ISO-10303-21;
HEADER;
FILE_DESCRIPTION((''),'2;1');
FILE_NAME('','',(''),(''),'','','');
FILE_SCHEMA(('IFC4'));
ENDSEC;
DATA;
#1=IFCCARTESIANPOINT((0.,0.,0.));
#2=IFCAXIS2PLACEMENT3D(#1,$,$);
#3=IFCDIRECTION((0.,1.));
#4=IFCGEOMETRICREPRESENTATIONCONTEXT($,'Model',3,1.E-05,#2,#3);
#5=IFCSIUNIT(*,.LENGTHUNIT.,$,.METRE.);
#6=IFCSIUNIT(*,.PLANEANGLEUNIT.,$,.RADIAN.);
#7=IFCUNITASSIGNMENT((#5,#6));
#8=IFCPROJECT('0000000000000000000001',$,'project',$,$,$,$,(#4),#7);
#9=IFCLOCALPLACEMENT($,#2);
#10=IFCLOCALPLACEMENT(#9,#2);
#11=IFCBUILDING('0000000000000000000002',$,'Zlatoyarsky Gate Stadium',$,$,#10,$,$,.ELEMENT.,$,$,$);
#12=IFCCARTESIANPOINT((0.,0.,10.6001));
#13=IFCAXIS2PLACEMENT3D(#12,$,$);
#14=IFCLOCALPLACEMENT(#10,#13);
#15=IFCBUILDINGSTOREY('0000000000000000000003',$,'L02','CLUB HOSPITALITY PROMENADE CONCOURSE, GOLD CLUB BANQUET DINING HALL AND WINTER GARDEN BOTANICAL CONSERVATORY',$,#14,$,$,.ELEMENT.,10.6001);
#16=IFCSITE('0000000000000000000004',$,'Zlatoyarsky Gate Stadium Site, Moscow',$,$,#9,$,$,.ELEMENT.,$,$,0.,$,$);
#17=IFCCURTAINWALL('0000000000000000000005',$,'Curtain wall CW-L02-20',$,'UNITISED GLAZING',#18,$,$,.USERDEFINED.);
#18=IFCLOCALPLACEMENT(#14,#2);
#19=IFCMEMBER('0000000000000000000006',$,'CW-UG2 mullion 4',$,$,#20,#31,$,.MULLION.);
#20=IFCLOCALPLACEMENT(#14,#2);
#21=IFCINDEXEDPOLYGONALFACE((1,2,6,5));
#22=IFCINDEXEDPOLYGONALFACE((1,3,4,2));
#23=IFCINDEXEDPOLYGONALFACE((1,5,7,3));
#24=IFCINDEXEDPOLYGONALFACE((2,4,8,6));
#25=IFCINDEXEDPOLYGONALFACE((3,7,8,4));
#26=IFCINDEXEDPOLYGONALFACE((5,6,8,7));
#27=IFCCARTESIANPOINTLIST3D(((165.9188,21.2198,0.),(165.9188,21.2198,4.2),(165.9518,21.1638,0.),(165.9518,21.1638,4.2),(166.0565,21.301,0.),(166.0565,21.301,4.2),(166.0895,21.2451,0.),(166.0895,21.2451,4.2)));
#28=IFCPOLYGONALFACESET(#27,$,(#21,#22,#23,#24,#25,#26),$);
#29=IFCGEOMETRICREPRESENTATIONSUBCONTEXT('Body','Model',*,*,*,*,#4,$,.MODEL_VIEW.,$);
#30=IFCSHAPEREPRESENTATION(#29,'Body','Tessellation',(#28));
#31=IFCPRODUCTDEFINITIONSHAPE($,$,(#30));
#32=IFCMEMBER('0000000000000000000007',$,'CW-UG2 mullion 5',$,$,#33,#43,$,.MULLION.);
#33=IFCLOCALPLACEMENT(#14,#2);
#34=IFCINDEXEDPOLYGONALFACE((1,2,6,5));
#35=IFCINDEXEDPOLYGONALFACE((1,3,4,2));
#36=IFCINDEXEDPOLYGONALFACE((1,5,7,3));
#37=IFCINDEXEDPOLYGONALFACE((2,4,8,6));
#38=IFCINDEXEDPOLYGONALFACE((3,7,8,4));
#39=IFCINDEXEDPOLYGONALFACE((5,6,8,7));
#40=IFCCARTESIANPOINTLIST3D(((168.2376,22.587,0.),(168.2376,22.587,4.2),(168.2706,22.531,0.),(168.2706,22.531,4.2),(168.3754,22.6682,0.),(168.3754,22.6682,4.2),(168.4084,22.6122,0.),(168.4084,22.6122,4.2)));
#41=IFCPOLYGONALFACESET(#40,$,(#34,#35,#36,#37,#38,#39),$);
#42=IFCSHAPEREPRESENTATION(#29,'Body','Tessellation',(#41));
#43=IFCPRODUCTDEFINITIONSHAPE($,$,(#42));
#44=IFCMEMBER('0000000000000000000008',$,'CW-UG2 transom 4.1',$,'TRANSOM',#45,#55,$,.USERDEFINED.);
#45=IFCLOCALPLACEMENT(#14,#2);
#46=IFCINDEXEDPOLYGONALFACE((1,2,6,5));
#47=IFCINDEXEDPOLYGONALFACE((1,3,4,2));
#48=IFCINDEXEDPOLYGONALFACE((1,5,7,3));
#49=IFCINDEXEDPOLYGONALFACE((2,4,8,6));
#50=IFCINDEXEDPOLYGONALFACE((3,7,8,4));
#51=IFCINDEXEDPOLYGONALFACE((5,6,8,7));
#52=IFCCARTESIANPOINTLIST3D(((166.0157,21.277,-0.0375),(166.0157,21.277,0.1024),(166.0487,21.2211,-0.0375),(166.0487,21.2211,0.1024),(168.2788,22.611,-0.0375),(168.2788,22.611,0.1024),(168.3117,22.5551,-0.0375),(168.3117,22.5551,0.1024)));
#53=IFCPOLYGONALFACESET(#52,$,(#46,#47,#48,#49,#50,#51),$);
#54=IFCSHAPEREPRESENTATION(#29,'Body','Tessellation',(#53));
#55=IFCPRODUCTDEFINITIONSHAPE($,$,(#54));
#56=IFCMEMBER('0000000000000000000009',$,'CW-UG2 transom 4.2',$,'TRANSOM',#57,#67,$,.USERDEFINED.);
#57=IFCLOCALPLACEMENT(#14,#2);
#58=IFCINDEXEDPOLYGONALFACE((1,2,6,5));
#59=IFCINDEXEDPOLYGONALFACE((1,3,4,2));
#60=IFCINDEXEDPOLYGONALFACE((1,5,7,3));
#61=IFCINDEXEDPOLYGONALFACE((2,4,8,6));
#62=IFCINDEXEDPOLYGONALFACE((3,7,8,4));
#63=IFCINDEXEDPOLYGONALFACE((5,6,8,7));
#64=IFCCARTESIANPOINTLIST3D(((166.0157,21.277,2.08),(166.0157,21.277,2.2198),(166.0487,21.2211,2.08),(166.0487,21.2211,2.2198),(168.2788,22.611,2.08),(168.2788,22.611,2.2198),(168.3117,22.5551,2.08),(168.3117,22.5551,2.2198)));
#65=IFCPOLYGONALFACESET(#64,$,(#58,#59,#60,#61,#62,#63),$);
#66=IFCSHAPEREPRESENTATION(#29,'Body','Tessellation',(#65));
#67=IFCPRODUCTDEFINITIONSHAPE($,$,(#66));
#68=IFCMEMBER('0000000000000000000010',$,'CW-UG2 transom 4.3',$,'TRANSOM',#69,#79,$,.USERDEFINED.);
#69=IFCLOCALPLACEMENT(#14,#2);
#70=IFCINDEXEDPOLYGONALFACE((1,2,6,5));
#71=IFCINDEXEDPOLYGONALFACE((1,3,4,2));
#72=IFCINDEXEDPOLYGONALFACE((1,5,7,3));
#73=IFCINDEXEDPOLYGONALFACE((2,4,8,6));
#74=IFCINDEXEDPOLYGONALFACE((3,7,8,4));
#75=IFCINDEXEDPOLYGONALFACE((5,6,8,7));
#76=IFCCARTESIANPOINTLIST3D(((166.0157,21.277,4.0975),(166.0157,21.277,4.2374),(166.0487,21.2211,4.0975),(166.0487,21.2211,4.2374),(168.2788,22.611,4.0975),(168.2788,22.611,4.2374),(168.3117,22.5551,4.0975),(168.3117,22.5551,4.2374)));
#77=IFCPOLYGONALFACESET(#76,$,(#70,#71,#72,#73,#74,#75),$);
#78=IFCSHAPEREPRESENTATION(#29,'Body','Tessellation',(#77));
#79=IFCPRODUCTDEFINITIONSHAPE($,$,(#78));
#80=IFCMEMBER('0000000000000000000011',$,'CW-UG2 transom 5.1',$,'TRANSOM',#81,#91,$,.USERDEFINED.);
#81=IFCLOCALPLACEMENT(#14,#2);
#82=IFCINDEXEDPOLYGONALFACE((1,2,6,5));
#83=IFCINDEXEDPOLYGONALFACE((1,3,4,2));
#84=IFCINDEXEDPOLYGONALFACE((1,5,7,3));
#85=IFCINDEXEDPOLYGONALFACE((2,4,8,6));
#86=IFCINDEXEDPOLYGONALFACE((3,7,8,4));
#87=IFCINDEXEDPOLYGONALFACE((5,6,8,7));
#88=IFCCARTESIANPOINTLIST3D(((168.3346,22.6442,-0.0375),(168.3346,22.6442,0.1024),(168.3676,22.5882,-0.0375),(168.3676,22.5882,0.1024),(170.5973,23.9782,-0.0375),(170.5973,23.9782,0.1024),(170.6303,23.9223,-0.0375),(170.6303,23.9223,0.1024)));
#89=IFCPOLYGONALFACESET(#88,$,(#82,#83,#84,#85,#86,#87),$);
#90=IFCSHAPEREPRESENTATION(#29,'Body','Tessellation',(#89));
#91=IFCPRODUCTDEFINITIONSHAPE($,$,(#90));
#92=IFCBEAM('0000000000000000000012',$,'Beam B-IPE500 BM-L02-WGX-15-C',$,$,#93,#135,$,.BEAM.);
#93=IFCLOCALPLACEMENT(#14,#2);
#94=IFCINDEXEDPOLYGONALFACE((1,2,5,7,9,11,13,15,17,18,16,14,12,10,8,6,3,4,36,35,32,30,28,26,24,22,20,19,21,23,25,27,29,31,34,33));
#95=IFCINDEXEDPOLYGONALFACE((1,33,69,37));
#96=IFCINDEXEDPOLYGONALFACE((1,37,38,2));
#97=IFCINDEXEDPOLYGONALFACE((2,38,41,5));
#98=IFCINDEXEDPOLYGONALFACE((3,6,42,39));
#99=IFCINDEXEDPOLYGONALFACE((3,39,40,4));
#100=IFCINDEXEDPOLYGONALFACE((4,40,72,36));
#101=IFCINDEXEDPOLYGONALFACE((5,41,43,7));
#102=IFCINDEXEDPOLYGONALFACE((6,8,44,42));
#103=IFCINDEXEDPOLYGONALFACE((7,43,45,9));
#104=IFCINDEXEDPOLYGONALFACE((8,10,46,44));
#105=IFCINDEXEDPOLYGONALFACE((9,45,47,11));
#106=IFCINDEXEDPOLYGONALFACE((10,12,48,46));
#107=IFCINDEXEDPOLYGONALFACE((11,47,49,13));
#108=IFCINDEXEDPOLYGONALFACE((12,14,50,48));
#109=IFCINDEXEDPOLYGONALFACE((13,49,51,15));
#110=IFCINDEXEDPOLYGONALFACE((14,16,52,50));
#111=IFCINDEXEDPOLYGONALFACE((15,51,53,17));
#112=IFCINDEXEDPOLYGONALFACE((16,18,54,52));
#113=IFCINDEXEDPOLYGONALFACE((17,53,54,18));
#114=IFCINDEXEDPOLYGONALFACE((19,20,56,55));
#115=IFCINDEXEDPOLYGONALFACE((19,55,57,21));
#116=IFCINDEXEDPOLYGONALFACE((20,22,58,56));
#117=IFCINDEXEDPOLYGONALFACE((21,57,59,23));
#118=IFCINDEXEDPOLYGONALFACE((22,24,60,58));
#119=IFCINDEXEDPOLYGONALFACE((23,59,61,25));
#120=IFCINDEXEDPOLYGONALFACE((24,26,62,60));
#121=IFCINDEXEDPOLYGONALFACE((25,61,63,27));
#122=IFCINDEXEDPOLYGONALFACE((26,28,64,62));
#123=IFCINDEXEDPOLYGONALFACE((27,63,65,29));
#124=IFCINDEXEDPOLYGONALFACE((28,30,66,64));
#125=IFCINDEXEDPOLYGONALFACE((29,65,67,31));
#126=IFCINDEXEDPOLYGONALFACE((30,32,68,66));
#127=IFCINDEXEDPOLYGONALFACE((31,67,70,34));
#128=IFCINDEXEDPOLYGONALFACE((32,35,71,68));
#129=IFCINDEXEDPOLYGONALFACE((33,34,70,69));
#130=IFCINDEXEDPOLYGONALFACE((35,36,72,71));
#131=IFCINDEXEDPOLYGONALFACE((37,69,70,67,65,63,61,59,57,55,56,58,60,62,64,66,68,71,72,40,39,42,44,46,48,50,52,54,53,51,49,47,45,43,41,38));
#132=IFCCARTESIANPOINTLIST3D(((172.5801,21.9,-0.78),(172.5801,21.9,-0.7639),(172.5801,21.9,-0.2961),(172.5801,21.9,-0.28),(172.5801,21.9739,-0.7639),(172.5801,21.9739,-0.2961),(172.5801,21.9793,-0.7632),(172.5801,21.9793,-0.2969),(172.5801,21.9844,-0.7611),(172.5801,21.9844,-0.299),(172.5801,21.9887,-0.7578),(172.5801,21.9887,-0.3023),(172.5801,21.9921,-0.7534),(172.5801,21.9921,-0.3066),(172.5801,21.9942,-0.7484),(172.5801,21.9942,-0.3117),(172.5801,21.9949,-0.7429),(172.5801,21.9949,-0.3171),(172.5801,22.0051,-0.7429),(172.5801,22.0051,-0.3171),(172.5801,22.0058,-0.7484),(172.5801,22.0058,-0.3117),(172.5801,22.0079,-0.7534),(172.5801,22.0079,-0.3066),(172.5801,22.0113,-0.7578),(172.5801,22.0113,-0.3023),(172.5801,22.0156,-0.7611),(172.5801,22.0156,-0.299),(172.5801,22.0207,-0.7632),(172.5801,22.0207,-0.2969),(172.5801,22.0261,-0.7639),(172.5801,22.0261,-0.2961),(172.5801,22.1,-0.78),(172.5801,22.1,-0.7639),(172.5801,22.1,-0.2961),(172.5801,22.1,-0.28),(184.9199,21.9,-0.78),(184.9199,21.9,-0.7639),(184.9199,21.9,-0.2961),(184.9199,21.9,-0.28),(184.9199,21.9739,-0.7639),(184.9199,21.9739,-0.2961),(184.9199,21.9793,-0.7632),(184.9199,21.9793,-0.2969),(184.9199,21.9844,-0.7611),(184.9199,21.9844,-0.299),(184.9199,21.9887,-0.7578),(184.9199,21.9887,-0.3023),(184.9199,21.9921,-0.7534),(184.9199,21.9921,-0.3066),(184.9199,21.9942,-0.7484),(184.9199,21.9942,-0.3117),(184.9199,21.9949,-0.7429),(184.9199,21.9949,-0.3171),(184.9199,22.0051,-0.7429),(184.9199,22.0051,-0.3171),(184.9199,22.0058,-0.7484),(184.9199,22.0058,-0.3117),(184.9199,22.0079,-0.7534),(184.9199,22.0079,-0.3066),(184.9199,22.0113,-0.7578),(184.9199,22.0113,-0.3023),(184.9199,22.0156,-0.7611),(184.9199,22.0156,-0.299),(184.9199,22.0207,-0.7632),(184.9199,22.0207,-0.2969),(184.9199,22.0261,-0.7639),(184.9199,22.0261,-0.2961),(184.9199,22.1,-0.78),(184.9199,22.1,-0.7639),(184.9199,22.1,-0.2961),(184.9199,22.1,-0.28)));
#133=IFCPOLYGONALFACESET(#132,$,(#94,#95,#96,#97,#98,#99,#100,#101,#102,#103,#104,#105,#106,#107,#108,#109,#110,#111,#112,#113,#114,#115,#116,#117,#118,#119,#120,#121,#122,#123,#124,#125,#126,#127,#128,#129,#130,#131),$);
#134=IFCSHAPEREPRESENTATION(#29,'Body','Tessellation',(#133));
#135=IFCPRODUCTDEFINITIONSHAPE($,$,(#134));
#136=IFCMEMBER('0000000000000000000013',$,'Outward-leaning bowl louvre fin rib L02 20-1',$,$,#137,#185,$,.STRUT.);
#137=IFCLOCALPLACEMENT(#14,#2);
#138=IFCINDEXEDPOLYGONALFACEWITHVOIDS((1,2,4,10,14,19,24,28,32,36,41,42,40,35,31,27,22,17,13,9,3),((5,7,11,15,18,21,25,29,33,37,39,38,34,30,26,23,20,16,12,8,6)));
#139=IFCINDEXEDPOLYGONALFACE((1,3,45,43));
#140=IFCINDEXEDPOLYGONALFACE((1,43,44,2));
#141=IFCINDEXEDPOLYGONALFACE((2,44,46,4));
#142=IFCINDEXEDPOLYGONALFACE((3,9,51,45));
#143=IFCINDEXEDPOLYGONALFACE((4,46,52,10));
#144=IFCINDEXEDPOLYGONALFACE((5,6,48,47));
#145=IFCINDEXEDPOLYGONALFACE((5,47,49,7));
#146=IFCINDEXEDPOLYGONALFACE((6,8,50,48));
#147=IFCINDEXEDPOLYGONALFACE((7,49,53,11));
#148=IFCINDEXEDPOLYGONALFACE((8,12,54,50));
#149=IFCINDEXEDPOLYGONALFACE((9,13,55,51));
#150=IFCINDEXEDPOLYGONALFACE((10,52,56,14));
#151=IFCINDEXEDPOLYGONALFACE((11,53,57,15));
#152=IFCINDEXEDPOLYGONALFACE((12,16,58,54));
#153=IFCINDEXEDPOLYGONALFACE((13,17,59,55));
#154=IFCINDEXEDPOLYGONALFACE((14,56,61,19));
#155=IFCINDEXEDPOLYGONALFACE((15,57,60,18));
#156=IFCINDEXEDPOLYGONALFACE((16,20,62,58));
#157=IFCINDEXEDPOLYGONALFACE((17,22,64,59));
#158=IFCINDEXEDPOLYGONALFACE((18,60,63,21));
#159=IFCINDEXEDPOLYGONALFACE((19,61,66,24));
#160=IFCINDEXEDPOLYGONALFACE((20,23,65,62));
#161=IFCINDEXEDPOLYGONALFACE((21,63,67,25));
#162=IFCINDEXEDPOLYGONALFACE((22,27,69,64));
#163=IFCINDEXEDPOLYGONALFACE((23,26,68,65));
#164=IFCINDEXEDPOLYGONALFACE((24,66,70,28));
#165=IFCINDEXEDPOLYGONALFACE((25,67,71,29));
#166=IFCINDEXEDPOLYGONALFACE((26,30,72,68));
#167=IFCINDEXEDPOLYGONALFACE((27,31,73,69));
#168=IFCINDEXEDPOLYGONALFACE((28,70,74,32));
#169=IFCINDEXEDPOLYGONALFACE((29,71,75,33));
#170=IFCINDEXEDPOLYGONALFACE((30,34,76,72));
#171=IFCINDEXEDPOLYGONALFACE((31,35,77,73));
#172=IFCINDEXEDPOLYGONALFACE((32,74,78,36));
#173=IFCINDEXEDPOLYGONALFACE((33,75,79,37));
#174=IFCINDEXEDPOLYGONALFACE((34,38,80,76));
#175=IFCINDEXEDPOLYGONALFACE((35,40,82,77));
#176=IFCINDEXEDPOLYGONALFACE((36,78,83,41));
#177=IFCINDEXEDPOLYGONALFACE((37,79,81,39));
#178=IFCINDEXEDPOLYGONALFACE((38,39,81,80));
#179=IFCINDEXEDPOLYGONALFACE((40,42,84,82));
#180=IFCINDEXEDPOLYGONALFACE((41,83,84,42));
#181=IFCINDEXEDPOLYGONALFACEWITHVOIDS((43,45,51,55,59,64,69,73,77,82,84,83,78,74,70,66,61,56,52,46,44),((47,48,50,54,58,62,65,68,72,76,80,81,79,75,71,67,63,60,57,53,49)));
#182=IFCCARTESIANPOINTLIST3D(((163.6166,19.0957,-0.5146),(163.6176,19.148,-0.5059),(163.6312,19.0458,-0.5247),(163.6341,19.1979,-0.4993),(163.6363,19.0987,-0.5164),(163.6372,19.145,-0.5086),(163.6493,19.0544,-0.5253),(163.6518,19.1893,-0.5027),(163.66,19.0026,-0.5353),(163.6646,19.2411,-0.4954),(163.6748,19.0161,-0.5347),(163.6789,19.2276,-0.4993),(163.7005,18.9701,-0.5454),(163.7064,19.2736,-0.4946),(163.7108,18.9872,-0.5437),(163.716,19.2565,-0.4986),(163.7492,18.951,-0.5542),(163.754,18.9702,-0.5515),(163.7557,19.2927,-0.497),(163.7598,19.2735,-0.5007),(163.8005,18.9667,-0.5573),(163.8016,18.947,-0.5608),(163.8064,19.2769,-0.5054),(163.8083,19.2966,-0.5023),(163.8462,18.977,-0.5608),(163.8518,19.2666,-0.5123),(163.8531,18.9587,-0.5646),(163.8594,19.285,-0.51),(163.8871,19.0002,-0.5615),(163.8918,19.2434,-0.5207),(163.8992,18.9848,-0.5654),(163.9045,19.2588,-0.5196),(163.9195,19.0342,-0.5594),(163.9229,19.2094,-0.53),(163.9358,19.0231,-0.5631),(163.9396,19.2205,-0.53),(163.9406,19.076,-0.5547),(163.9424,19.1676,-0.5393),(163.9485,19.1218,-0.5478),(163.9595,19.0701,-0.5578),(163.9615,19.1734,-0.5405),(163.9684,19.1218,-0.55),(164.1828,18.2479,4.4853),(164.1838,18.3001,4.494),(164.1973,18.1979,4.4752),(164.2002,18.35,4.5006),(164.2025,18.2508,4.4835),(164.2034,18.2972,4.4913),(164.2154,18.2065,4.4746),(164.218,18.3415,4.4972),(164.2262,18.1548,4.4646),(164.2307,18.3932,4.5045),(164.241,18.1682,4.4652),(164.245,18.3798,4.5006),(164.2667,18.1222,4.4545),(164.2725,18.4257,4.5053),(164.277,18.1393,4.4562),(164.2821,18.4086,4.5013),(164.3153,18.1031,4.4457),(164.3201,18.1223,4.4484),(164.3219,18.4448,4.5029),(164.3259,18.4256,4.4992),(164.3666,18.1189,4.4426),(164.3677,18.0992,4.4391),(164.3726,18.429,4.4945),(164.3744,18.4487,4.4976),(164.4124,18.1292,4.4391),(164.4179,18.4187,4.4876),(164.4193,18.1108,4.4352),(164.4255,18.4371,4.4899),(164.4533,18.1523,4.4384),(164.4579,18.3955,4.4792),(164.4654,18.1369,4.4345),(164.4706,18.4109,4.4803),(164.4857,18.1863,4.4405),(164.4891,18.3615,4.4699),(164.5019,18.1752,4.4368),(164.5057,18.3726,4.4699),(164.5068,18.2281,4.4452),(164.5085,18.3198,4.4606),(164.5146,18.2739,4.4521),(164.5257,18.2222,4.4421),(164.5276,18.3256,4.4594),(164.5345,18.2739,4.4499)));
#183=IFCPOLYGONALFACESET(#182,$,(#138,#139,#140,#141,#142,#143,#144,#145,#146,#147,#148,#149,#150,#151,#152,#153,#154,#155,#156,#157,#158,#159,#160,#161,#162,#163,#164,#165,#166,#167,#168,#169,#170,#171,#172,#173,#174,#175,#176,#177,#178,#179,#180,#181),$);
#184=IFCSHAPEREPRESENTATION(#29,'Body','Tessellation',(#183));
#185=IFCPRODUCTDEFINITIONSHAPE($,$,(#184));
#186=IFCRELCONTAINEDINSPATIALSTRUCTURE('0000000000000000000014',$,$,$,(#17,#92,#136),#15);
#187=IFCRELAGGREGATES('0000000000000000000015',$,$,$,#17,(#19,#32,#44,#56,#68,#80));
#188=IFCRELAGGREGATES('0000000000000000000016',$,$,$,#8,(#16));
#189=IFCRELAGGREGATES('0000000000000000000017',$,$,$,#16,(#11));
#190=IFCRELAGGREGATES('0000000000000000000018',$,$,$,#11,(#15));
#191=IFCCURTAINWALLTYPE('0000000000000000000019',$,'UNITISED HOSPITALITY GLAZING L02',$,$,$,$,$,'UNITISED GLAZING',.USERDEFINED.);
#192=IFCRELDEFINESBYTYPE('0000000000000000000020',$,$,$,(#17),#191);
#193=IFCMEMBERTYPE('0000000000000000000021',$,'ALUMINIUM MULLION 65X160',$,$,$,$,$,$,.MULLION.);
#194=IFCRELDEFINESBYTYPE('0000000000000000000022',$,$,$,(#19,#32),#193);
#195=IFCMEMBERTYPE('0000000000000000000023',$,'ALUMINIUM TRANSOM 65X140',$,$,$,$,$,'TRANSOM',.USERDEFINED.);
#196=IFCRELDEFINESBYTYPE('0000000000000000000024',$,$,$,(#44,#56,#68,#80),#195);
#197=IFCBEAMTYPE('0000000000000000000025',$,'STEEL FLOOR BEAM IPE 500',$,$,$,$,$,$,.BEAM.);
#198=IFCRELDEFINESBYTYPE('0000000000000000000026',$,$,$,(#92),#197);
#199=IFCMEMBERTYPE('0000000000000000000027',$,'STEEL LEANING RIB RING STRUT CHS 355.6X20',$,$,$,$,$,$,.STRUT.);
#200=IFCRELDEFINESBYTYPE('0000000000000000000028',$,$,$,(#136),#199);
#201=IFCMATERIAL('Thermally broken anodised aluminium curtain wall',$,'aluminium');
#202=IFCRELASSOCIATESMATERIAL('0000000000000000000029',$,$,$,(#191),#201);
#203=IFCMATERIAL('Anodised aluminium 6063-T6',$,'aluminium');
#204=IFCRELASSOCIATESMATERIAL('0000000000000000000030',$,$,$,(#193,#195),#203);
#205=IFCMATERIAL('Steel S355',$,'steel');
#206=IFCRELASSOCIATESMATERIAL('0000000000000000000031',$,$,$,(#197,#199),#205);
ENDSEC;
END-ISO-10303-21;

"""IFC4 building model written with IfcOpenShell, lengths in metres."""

from ifc_helpers import new_model, si_unit, direction, frame, origin, origin_2d, place, context, subcontext, project, spatial, rectangle, hollow_circle, i_section, extrude, material, material_profile, profile_set, type_object, element, aggregate, save


model = new_model("IFC4")

# Units and contexts
model_context = context("Model", 3, precision=1e-05, world=origin(), true_north=direction((0.0, 1.0)))
body_context = subcontext(model_context, "Body", "Model", "MODEL_VIEW")
ifc_project = project(units=[si_unit("LENGTHUNIT", "METRE"), si_unit("PLANEANGLEUNIT", "RADIAN")], contexts=[model_context])

# Site, building, storey
site_placement = place(None, origin())
site = spatial("IfcSite", under=ifc_project, at=site_placement, Name="Zlatoyarsky Gate Stadium Site, Moscow", CompositionType="ELEMENT", RefElevation=0.0)
building_placement = place(site_placement, origin())
building = spatial("IfcBuilding", under=site, at=building_placement, Name="Zlatoyarsky Gate Stadium", CompositionType="ELEMENT")
storey_placement = place(building_placement, frame((0.0, 0.0, 10.6001)))
storey = spatial("IfcBuildingStorey", under=building, at=storey_placement, Name="L02", Description="CLUB HOSPITALITY PROMENADE CONCOURSE, GOLD CLUB BANQUET DINING HALL AND WINTER GARDEN BOTANICAL CONSERVATORY", CompositionType="ELEMENT", Elevation=10.6001)

# Curtain wall, members
ifc_material_1 = material(Name="Thermally broken anodised aluminium curtain wall", Category="aluminium")
curtain_wall_type = type_object("IfcCurtainWallType", Name="UNITISED HOSPITALITY GLAZING L02", ElementType="UNITISED GLAZING", PredefinedType="USERDEFINED", material=ifc_material_1)
curtain_wall_placement = place(storey_placement, origin())
curtain_wall = element("IfcCurtainWall", 1, at=curtain_wall_placement, inside=storey, type_object=curtain_wall_type, Name="Curtain wall CW-L02-20", ObjectType="UNITISED GLAZING", PredefinedType="USERDEFINED")
ifc_material_2 = material(Name="Anodised aluminium 6063-T6", Category="aluminium")
ifc_material_profile_1 = material_profile(ifc_material_2, rectangle(XDim=0.0649, YDim=0.1599, at=origin_2d()), Name="ALU 65X160")
ifc_profile_set_1 = profile_set([ifc_material_profile_1], Name="Anodised aluminium 6063-T6")
member_type_1 = type_object("IfcMemberType", Name="ALUMINIUM MULLION 65X160", PredefinedType="MULLION", material=ifc_profile_set_1)
member_1_placement = place(storey_placement, frame((166.0042, 21.2324, 0.0), z_axis=(0.0, 0.0, 1.0), x_axis=(-0.507884, 0.861425, 0.0)))
member_1 = element("IfcMember", 2, at=member_1_placement, type_object=member_type_1, Name="CW-UG2 mullion 4", PredefinedType="MULLION", context=body_context, shape_type="SweptSolid", body=[
    extrude(rectangle(XDim=0.0649, YDim=0.1599, at=origin_2d()), origin(), (0.0, 0.0, 1.0), 4.2),
])
member_2_placement = place(storey_placement, frame((168.323, 22.5996, 0.0), z_axis=(0.0, 0.0, 1.0), x_axis=(-0.507884, 0.861425, 0.0)))
member_2 = element("IfcMember", 3, at=member_2_placement, type_object=member_type_1, Name="CW-UG2 mullion 5", PredefinedType="MULLION", context=body_context, shape_type="SweptSolid", body=[
    extrude(rectangle(XDim=0.0649, YDim=0.1599, at=origin_2d()), origin(), (0.0, 0.0, 1.0), 4.2),
])
ifc_material_profile_2 = material_profile(ifc_material_2, rectangle(XDim=0.0649, YDim=0.1399, at=origin_2d()), Name="ALU 65X140")
ifc_profile_set_2 = profile_set([ifc_material_profile_2], Name="Anodised aluminium 6063-T6")
member_type_2 = type_object("IfcMemberType", Name="ALUMINIUM TRANSOM 65X140", ElementType="TRANSOM", PredefinedType="USERDEFINED", material=ifc_profile_set_2)
member_3_placement = place(storey_placement, frame((166.0322, 21.249, 0.0325), z_axis=(0.861461, 0.507824, 0.0), x_axis=(-0.507824, 0.861461, 0.0)))
member_3 = element("IfcMember", 4, at=member_3_placement, type_object=member_type_2, Name="CW-UG2 transom 4.1", ObjectType="TRANSOM", PredefinedType="USERDEFINED", context=body_context, shape_type="SweptSolid", body=[
    extrude(rectangle(XDim=0.0649, YDim=0.1399, at=origin_2d()), origin(), (0.0, 0.0, 1.0), 2.627),
])
member_4_placement = place(storey_placement, frame((166.0322, 21.249, 2.1499), z_axis=(0.861461, 0.507824, 0.0), x_axis=(-0.507824, 0.861461, 0.0)))
member_4 = element("IfcMember", 5, at=member_4_placement, type_object=member_type_2, Name="CW-UG2 transom 4.2", ObjectType="TRANSOM", PredefinedType="USERDEFINED", context=body_context, shape_type="SweptSolid", body=[
    extrude(rectangle(XDim=0.0649, YDim=0.1399, at=origin_2d()), origin(), (0.0, 0.0, 1.0), 2.627),
])
member_5_placement = place(storey_placement, frame((166.0322, 21.249, 4.1675), z_axis=(0.861461, 0.507824, 0.0), x_axis=(-0.507824, 0.861461, 0.0)))
member_5 = element("IfcMember", 6, at=member_5_placement, type_object=member_type_2, Name="CW-UG2 transom 4.3", ObjectType="TRANSOM", PredefinedType="USERDEFINED", context=body_context, shape_type="SweptSolid", body=[
    extrude(rectangle(XDim=0.0649, YDim=0.1399, at=origin_2d()), origin(), (0.0, 0.0, 1.0), 2.627),
])
member_6_placement = place(storey_placement, frame((168.3511, 22.6162, 0.0325), z_axis=(0.861437, 0.507865, 0.0), x_axis=(-0.507865, 0.861437, 0.0)))
member_6 = element("IfcMember", 7, at=member_6_placement, type_object=member_type_2, Name="CW-UG2 transom 5.1", ObjectType="TRANSOM", PredefinedType="USERDEFINED", context=body_context, shape_type="SweptSolid", body=[
    extrude(rectangle(XDim=0.0649, YDim=0.1399, at=origin_2d()), origin(), (0.0, 0.0, 1.0), 2.6267),
])

# Beam
ifc_material_3 = material(Name="Steel S355", Category="steel")
ifc_material_profile_3 = material_profile(ifc_material_3, i_section(OverallWidth=0.2, OverallDepth=0.5, WebThickness=0.0103, FlangeThickness=0.0161, FilletRadius=0.021, at=origin_2d()), Name="IPE 500")
ifc_profile_set_3 = profile_set([ifc_material_profile_3], Name="Steel S355")
beam_type = type_object("IfcBeamType", Name="STEEL FLOOR BEAM IPE 500", PredefinedType="BEAM", material=ifc_profile_set_3)
beam_placement = place(storey_placement, frame((172.5801, 22.0, -0.53), z_axis=(1.0, 0.0, 0.0), x_axis=(0.0, 1.0, 0.0)))
element("IfcBeam", 8, at=beam_placement, inside=storey, type_object=beam_type, Name="Beam B-IPE500 BM-L02-WGX-15-C", PredefinedType="BEAM", context=body_context, shape_type="SweptSolid", body=[
    extrude(i_section(OverallWidth=0.2, OverallDepth=0.5, WebThickness=0.0103, FlangeThickness=0.0161, FilletRadius=0.021, at=origin_2d()), origin(), (0.0, 0.0, 1.0), 12.3398),
])

# Member
ifc_material_profile_4 = material_profile(ifc_material_3, hollow_circle(Radius=0.1777, WallThickness=0.02, at=origin_2d()), Name="CHS 355.6X20")
ifc_profile_set_4 = profile_set([ifc_material_profile_4], Name="Steel S355")
member_type_3 = type_object("IfcMemberType", Name="STEEL LEANING RIB RING STRUT CHS 355.6X20", PredefinedType="STRUT", material=ifc_profile_set_4)
member_7_placement = place(storey_placement, frame((163.7917, 19.1218, -0.53), z_axis=(0.110949, -0.166161, 0.979837), x_axis=(0.831645, 0.555308, 0.0)))
element("IfcMember", 9, at=member_7_placement, inside=storey, type_object=member_type_3, Name="Outward-leaning bowl louvre fin rib L02 20-1", PredefinedType="STRUT", context=body_context, shape_type="SweptSolid", body=[
    extrude(hollow_circle(Radius=0.1777, WallThickness=0.02, at=origin_2d()), origin(), (0.0, 0.0, 1.0), 5.1028),
])

aggregate(curtain_wall, [member_1, member_2, member_3, member_4, member_5, member_6])

save(model, "model.ifc")
